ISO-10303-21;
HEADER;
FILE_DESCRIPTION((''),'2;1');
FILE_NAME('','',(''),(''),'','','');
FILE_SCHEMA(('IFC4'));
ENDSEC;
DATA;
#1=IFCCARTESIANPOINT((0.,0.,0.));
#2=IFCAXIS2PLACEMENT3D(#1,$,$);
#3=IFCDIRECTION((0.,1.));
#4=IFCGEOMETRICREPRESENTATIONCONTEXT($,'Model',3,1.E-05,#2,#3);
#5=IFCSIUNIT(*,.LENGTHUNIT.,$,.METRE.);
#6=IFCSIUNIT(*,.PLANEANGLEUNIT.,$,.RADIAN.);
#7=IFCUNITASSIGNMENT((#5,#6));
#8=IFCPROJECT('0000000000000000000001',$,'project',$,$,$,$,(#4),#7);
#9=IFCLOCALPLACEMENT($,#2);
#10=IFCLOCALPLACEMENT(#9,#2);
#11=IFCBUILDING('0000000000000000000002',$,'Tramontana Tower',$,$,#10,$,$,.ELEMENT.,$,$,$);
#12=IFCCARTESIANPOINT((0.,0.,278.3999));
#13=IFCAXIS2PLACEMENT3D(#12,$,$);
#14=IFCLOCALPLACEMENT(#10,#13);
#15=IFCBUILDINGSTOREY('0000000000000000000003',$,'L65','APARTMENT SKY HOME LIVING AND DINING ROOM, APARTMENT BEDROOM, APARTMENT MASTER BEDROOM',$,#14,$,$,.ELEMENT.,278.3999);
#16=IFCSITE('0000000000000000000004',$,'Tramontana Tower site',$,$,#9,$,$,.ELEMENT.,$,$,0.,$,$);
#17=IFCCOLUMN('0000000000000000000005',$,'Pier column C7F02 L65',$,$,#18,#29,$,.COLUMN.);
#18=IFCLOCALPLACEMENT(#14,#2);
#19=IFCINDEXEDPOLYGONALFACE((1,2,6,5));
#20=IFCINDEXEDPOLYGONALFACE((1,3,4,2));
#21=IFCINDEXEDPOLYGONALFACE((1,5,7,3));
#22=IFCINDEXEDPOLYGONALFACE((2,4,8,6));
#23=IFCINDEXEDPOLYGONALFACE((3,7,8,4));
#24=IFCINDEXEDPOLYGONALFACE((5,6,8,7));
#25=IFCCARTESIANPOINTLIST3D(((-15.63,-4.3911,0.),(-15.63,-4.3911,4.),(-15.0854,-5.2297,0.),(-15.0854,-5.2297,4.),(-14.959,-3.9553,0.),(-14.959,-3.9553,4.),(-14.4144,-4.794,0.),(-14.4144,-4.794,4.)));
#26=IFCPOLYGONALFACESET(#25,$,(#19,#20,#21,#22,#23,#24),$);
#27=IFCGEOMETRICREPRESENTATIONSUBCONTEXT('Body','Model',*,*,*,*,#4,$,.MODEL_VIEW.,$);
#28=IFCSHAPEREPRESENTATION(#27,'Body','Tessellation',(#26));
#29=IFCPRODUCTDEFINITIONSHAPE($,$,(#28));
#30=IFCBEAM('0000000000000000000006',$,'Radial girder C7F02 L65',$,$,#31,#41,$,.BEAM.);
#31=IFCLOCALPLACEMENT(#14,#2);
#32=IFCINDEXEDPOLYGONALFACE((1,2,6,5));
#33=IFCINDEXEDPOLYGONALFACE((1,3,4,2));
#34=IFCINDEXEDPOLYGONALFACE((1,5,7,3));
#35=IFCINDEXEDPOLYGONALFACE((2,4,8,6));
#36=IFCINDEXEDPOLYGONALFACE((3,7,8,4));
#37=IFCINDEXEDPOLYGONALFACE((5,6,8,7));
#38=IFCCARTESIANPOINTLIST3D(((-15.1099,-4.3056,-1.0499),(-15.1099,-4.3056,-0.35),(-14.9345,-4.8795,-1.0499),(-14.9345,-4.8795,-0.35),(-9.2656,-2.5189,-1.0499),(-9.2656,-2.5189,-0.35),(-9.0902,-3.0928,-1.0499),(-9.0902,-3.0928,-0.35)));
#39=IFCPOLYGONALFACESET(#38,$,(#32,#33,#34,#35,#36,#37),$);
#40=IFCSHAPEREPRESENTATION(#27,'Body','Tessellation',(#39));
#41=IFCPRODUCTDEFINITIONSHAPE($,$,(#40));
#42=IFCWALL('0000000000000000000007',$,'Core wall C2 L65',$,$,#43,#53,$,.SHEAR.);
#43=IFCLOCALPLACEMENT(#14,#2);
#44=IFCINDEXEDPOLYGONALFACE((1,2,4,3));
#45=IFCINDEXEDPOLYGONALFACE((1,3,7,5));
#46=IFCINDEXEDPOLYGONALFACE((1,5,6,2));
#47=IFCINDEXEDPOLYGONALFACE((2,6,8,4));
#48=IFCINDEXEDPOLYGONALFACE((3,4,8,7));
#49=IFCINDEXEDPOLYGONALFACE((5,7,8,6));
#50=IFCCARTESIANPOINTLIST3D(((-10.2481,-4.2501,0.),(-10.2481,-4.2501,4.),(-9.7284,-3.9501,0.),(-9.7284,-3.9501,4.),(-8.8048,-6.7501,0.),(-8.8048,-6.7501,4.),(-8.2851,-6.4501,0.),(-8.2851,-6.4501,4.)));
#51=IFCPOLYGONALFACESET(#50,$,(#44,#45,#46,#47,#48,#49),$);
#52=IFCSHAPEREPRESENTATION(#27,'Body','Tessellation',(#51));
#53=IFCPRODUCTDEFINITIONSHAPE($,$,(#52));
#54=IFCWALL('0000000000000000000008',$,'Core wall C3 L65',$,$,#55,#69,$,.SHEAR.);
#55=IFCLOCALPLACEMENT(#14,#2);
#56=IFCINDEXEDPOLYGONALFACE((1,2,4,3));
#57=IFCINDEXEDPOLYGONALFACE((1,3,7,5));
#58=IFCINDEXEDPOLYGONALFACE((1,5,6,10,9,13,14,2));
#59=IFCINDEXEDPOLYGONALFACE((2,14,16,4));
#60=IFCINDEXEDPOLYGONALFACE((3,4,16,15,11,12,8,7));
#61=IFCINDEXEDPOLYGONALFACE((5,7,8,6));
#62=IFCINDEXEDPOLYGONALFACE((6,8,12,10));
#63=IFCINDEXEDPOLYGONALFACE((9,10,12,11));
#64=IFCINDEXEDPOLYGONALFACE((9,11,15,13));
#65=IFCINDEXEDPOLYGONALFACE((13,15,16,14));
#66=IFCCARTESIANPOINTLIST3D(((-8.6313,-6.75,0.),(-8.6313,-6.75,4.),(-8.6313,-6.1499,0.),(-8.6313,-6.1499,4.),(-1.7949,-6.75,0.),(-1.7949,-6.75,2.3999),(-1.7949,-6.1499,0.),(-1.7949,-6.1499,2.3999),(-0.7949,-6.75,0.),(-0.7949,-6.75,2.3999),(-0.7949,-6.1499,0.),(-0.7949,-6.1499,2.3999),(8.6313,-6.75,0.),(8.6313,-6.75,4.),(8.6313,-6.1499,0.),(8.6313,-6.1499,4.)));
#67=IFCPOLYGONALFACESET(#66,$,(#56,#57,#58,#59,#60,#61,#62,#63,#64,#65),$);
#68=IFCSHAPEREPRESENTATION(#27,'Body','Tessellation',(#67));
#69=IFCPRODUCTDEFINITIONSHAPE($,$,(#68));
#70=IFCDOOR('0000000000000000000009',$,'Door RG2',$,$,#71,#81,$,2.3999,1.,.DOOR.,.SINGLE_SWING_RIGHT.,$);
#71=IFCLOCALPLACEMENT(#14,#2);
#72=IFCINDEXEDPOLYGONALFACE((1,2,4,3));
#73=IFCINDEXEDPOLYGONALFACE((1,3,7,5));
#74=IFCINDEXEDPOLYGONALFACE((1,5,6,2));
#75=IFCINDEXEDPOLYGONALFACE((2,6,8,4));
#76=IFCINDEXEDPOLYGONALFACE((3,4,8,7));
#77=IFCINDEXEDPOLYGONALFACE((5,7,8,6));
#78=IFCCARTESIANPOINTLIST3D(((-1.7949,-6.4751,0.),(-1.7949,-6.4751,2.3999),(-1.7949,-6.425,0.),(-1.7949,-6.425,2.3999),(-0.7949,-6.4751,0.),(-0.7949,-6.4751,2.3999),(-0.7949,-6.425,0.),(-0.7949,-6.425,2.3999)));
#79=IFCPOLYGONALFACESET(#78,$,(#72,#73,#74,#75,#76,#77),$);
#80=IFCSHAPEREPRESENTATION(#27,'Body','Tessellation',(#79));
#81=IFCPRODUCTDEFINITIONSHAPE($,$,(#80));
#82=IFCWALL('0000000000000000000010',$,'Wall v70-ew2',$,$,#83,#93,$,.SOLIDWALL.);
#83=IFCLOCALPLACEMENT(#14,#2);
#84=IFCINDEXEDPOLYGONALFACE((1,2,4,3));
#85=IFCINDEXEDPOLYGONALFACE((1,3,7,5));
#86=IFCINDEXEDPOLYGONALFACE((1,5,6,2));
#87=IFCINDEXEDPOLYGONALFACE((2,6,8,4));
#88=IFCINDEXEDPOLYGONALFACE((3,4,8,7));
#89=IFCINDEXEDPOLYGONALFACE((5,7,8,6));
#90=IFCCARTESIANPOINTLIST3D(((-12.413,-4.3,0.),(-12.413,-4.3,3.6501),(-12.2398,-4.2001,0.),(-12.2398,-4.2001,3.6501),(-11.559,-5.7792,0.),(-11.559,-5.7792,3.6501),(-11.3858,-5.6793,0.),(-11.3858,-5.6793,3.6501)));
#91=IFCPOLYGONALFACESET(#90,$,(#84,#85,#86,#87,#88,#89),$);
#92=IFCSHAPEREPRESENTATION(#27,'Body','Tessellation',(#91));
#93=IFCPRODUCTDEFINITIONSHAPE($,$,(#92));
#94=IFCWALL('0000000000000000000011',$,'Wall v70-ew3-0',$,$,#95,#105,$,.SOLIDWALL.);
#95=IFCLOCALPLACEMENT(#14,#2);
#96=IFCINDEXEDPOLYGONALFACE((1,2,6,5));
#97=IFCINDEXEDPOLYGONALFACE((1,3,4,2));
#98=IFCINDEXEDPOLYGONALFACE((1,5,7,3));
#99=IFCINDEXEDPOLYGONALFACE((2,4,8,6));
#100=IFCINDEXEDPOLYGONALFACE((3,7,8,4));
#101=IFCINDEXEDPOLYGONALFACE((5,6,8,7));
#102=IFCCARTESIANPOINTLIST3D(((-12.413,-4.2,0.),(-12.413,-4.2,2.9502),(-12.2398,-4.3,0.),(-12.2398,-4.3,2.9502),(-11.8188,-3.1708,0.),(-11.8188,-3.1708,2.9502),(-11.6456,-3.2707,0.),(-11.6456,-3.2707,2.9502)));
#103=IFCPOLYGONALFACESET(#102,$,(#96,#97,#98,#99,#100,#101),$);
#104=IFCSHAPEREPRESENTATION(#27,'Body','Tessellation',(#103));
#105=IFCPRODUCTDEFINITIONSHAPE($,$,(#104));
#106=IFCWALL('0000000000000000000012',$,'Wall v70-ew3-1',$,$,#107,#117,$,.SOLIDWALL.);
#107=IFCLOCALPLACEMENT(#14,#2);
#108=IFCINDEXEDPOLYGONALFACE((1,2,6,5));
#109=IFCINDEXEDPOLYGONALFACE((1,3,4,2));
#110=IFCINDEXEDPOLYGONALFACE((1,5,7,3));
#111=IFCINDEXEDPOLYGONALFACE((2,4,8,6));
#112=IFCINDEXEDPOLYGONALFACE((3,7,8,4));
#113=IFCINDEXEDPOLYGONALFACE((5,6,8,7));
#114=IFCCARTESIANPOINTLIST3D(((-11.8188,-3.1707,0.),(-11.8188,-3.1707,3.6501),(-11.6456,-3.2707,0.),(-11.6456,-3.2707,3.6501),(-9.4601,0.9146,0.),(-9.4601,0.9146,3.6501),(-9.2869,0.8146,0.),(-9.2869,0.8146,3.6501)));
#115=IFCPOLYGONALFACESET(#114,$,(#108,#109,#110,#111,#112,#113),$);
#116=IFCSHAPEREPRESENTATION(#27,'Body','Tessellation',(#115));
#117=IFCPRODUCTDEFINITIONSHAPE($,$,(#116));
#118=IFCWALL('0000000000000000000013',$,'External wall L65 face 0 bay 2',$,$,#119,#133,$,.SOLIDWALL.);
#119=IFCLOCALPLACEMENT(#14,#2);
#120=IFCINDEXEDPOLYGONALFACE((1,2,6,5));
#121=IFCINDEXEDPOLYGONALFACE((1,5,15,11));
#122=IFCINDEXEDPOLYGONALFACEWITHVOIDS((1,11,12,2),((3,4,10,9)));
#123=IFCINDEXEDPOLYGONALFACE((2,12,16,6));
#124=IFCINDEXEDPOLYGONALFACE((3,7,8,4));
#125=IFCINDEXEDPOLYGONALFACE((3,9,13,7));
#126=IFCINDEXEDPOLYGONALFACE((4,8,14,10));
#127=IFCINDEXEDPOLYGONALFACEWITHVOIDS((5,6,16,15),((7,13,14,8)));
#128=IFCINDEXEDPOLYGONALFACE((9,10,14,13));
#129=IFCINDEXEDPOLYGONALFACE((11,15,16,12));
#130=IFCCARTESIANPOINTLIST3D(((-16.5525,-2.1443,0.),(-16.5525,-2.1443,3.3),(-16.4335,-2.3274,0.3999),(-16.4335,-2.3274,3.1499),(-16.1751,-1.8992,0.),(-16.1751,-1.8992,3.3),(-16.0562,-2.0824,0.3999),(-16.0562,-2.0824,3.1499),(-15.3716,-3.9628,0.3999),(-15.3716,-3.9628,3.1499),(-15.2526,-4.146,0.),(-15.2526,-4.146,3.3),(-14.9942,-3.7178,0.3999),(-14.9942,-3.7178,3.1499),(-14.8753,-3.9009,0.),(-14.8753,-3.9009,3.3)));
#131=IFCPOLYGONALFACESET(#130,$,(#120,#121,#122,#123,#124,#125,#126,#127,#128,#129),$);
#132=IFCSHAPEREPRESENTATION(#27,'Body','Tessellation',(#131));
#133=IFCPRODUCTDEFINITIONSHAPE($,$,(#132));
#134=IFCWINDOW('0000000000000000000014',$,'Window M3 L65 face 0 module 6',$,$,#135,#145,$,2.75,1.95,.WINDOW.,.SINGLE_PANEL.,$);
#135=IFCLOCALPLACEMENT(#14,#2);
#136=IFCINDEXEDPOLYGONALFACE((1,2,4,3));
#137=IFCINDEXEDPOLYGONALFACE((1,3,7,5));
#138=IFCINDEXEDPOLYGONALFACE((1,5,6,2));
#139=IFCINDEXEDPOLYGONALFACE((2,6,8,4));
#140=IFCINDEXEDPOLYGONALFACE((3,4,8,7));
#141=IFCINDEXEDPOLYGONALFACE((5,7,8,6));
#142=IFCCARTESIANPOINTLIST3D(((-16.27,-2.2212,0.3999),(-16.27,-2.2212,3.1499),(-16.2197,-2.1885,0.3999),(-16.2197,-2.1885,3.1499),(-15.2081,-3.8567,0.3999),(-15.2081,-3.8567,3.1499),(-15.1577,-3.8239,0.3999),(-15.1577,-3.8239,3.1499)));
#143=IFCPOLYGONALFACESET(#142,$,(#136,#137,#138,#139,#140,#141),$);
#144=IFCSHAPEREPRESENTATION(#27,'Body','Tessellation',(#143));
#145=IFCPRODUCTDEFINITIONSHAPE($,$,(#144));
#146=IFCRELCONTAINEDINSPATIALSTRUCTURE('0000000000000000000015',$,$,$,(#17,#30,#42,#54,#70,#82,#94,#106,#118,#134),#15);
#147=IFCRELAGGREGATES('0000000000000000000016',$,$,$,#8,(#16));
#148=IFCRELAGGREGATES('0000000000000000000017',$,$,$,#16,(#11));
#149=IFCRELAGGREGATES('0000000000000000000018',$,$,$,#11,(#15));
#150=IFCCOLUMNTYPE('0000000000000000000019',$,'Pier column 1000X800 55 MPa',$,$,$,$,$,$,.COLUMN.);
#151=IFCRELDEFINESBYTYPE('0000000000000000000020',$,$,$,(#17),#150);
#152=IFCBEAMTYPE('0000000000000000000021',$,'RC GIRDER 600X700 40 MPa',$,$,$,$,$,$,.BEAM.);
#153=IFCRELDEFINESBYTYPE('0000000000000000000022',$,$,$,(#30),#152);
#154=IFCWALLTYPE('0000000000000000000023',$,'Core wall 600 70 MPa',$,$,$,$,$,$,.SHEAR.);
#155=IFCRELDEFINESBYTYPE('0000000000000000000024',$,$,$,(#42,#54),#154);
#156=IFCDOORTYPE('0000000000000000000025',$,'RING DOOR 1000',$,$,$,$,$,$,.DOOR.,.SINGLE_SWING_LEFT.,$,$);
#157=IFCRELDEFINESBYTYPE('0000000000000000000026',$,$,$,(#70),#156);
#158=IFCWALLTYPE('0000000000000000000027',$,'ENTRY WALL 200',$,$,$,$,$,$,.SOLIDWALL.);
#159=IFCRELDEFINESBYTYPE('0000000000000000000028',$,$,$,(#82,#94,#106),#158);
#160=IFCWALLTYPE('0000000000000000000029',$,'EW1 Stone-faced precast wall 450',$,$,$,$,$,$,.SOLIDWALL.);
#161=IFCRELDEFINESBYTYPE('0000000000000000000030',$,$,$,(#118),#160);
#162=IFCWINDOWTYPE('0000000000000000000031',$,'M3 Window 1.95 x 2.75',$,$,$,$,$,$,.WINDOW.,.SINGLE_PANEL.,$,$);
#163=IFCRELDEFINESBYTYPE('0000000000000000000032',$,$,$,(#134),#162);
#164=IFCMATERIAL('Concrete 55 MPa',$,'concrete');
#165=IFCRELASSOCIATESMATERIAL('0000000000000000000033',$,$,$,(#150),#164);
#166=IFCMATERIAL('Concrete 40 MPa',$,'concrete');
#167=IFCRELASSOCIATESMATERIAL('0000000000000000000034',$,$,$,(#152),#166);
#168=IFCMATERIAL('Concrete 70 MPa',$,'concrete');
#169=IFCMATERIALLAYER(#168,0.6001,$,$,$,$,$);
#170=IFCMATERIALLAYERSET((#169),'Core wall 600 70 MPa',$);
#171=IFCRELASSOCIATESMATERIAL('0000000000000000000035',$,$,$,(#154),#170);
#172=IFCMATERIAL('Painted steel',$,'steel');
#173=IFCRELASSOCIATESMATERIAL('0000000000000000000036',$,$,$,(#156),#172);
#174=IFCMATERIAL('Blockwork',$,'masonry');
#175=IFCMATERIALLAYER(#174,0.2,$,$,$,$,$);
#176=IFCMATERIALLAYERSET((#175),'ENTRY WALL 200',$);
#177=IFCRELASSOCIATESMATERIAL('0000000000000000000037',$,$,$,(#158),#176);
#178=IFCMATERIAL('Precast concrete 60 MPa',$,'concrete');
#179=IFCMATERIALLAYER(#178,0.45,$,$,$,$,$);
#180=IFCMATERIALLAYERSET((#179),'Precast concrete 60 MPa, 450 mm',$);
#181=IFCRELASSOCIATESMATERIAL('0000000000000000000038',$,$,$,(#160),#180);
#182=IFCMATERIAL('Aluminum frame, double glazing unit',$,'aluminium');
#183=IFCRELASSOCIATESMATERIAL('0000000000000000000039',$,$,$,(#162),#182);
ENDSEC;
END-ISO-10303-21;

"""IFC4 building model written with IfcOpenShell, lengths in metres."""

from ifc_helpers import new_model, si_unit, direction, frame, frame_2d, origin, origin_2d, place, context, subcontext, project, spatial, rectangle, extrude, material, layer, layer_set, material_profile, profile_set, type_object, element, fill, save


model = new_model("IFC4")

# Units and contexts
model_context = context("Model", 3, precision=1e-05, world=origin(), true_north=direction((0.0, 1.0)))
body_context = subcontext(model_context, "Body", "Model", "MODEL_VIEW")
ifc_project = project(units=[si_unit("LENGTHUNIT", "METRE"), si_unit("PLANEANGLEUNIT", "RADIAN")], contexts=[model_context])

# Site, building, storey
site_placement = place(None, origin())
site = spatial("IfcSite", under=ifc_project, at=site_placement, Name="Tramontana Tower site", CompositionType="ELEMENT", RefElevation=0.0)
building_placement = place(site_placement, origin())
building = spatial("IfcBuilding", under=site, at=building_placement, Name="Tramontana Tower", CompositionType="ELEMENT")
storey_placement = place(building_placement, frame((0.0, 0.0, 278.3999)))
storey = spatial("IfcBuildingStorey", under=building, at=storey_placement, Name="L65", Description="APARTMENT SKY HOME LIVING AND DINING ROOM, APARTMENT BEDROOM, APARTMENT MASTER BEDROOM", CompositionType="ELEMENT", Elevation=278.3999)

# Column
ifc_material_1 = material(Name="Concrete 55 MPa", Category="concrete")
ifc_material_profile_1 = material_profile(ifc_material_1, rectangle(XDim=1.0, YDim=0.8, at=origin_2d()), Name="Pier column 1000X800 55 MPa")
ifc_profile_set_1 = profile_set([ifc_material_profile_1], Name="Concrete 55 MPa")
column_type = type_object("IfcColumnType", Name="Pier column 1000X800 55 MPa", PredefinedType="COLUMN", material=ifc_profile_set_1)
column_placement = place(storey_placement, frame((-15.0222, -4.5925, 0.0), z_axis=(0.0, 0.0, 1.0), x_axis=(0.544639, -0.838671, 0.0)))
element("IfcColumn", 1, at=column_placement, inside=storey, type_object=column_type, Name="Pier column C7F02 L65", PredefinedType="COLUMN", context=body_context, shape_type="SweptSolid", body=[
    extrude(rectangle(XDim=1.0, YDim=0.8, at=origin_2d()), origin(), (0.0, 0.0, 1.0), 4.0),
])

# Beam
ifc_material_2 = material(Name="Concrete 40 MPa", Category="concrete")
ifc_material_profile_2 = material_profile(ifc_material_2, rectangle(XDim=0.6001, YDim=0.7, at=origin_2d()), Name="RC GIRDER 600X700 40 MPa")
ifc_profile_set_2 = profile_set([ifc_material_profile_2], Name="Concrete 40 MPa")
beam_type = type_object("IfcBeamType", Name="RC GIRDER 600X700 40 MPa", PredefinedType="BEAM", material=ifc_profile_set_2)
beam_placement = place(storey_placement, frame((-15.0222, -4.5925, -0.7), z_axis=(0.956311, 0.29235, 0.0), x_axis=(-0.29235, 0.956311, 0.0)))
element("IfcBeam", 2, at=beam_placement, inside=storey, type_object=beam_type, Name="Radial girder C7F02 L65", PredefinedType="BEAM", context=body_context, shape_type="SweptSolid", body=[
    extrude(rectangle(XDim=0.6001, YDim=0.7, at=origin_2d()), origin(), (0.0, 0.0, 1.0), 6.1113),
])

# Wall
ifc_material_3 = material(Name="Concrete 70 MPa", Category="concrete")
ifc_layer_1 = layer(ifc_material_3, 0.6001)
ifc_layer_set_1 = layer_set([ifc_layer_1], Name="Core wall 600 70 MPa")
wall_type_1 = type_object("IfcWallType", Name="Core wall 600 70 MPa", PredefinedType="SHEAR", material=ifc_layer_set_1)
wall_1_placement = place(storey_placement, frame((-9.9883, -4.1001, 0.0), z_axis=(0.0, 0.0, 1.0), x_axis=(0.499996, -0.866028, 0.0)))
element("IfcWall", 3, at=wall_1_placement, inside=storey, type_object=wall_type_1, Name="Core wall C2 L65", PredefinedType="SHEAR", context=body_context, shape_type="SweptSolid", body=[
    extrude(rectangle(XDim=2.8867, YDim=0.6001, at=frame_2d((1.4434, 0.0))), origin(), (0.0, 0.0, 1.0), 4.0),
])

# Wall, opening, door
wall_2_placement = place(storey_placement, frame((-8.6313, -6.45, 0.0), z_axis=(0.0, 0.0, 1.0), x_axis=(1.0, 0.0, 0.0)))
wall_2 = element("IfcWall", 4, at=wall_2_placement, inside=storey, type_object=wall_type_1, Name="Core wall C3 L65", PredefinedType="SHEAR", context=body_context, shape_type="SweptSolid", body=[
    extrude(rectangle(XDim=17.2627, YDim=0.6001, at=frame_2d((8.6313, 0.0))), origin(), (0.0, 0.0, 1.0), 4.0),
])
opening_1_placement = place(wall_2_placement, frame((6.8364, 0.0, 0.0)))
opening_1 = element("IfcOpeningElement", 5, at=opening_1_placement, cuts=wall_2, PredefinedType="OPENING", context=body_context, shape_type="SweptSolid", body=[
    extrude(rectangle(XDim=1.0, YDim=2.3999, at=frame_2d((0.5, 1.2))), frame((0.0, 0.3101, 0.0), z_axis=(0.0, -1.0, 0.0), x_axis=(1.0, 0.0, 0.0)), (0.0, 0.0, 1.0), 0.6201),
])
ifc_material_4 = material(Name="Painted steel", Category="steel")
door_type_1 = type_object("IfcDoorType", Name="RING DOOR 1000", OperationType="SINGLE_SWING_LEFT", PredefinedType="DOOR", material=ifc_material_4)
door_1_placement = place(opening_1_placement, origin())
door_1 = element("IfcDoor", 6, at=door_1_placement, inside=storey, type_object=door_type_1, Name="Door RG2", OperationType="SINGLE_SWING_RIGHT", OverallHeight=2.3999, OverallWidth=1.0, PredefinedType="DOOR", context=body_context, shape_type="SweptSolid", body=[
    extrude(rectangle(XDim=1.0, YDim=2.3999, at=frame_2d((0.5, 1.2))), frame((0.0, 0.0249, 0.0), z_axis=(0.0, -1.0, 0.0), x_axis=(1.0, 0.0, 0.0)), (0.0, 0.0, 1.0), 0.05),
])
fill(opening_1, door_1)

# Walls
ifc_material_5 = material(Name="Blockwork", Category="masonry")
ifc_layer_2 = layer(ifc_material_5, 0.2)
ifc_layer_set_2 = layer_set([ifc_layer_2], Name="ENTRY WALL 200")
wall_type_2 = type_object("IfcWallType", Name="ENTRY WALL 200", PredefinedType="SOLIDWALL", material=ifc_layer_set_2)
wall_3_placement = place(storey_placement, frame((-11.4724, -5.7292, 0.0), z_axis=(0.0, 0.0, 1.0), x_axis=(-0.499982, 0.866036, 0.0)))
element("IfcWall", 7, at=wall_3_placement, inside=storey, type_object=wall_type_2, Name="Wall v70-ew2", PredefinedType="SOLIDWALL", context=body_context, shape_type="SweptSolid", body=[
    extrude(rectangle(XDim=1.708, YDim=0.2, at=frame_2d((0.854, 0.0))), origin(), (0.0, 0.0, 1.0), 3.6501),
])
wall_4_placement = place(storey_placement, frame((-12.3264, -4.25, 0.0), z_axis=(0.0, 0.0, 1.0), x_axis=(0.499983, 0.866035, 0.0)))
element("IfcWall", 8, at=wall_4_placement, inside=storey, type_object=wall_type_2, Name="Wall v70-ew3-0", PredefinedType="SOLIDWALL", context=body_context, shape_type="SweptSolid", body=[
    extrude(rectangle(XDim=1.1885, YDim=0.2, at=frame_2d((0.5942, 0.0))), origin(), (0.0, 0.0, 1.0), 2.9502),
])
wall_5_placement = place(storey_placement, frame((-11.7322, -3.2207, 0.0), z_axis=(0.0, 0.0, 1.0), x_axis=(0.500008, 0.866021, 0.0)))
element("IfcWall", 9, at=wall_5_placement, inside=storey, type_object=wall_type_2, Name="Wall v70-ew3-1", PredefinedType="SOLIDWALL", context=body_context, shape_type="SweptSolid", body=[
    extrude(rectangle(XDim=4.7173, YDim=0.2, at=frame_2d((2.3586, 0.0))), origin(), (0.0, 0.0, 1.0), 3.6501),
])

# Wall, opening, window
ifc_material_6 = material(Name="Precast concrete 60 MPa", Category="concrete")
ifc_layer_3 = layer(ifc_material_6, 0.45)
ifc_layer_set_3 = layer_set([ifc_layer_3], Name="Precast concrete 60 MPa, 450 mm")
wall_type_3 = type_object("IfcWallType", Name="EW1 Stone-faced precast wall 450", PredefinedType="SOLIDWALL", material=ifc_layer_set_3)
wall_6_placement = place(storey_placement, frame((-16.3638, -2.0217, 0.0), z_axis=(0.0, 0.0, 1.0), x_axis=(0.544604, -0.838694, 0.0)))
wall_6 = element("IfcWall", 10, at=wall_6_placement, inside=storey, type_object=wall_type_3, Name="External wall L65 face 0 bay 2", PredefinedType="SOLIDWALL", context=body_context, shape_type="SweptSolid", body=[
    extrude(rectangle(XDim=2.3867, YDim=0.45, at=frame_2d((1.1934, 0.0))), origin(), (0.0, 0.0, 1.0), 3.3),
])
opening_2_placement = place(wall_6_placement, frame((0.2183, 0.0, 0.3999)))
opening_2 = element("IfcOpeningElement", 11, at=opening_2_placement, cuts=wall_6, PredefinedType="OPENING", context=body_context, shape_type="SweptSolid", body=[
    extrude(rectangle(XDim=1.95, YDim=2.75, at=frame_2d((0.9751, 1.375))), frame((0.0, 0.2349, 0.0), z_axis=(0.0, -1.0, 0.0), x_axis=(1.0, 0.0, 0.0)), (0.0, 0.0, 1.0), 0.47),
])
ifc_material_7 = material(Name="Aluminum frame, double glazing unit", Category="aluminium")
window_type = type_object("IfcWindowType", Name="M3 Window 1.95 x 2.75", PartitioningType="SINGLE_PANEL", PredefinedType="WINDOW", material=ifc_material_7)
window_1_placement = place(opening_2_placement, origin())
window_1 = element("IfcWindow", 12, at=window_1_placement, inside=storey, type_object=window_type, Name="Window M3 L65 face 0 module 6", OverallHeight=2.75, OverallWidth=1.95, PartitioningType="SINGLE_PANEL", PredefinedType="WINDOW", context=body_context, shape_type="SweptSolid", body=[
    extrude(rectangle(XDim=1.95, YDim=2.75, at=frame_2d((0.9751, 1.375))), frame((0.0, 0.03, 0.0), z_axis=(0.0, -1.0, 0.0), x_axis=(1.0, 0.0, 0.0)), (0.0, 0.0, 1.0), 0.0601),
])
fill(opening_2, window_1)

save(model, "model.ifc")
